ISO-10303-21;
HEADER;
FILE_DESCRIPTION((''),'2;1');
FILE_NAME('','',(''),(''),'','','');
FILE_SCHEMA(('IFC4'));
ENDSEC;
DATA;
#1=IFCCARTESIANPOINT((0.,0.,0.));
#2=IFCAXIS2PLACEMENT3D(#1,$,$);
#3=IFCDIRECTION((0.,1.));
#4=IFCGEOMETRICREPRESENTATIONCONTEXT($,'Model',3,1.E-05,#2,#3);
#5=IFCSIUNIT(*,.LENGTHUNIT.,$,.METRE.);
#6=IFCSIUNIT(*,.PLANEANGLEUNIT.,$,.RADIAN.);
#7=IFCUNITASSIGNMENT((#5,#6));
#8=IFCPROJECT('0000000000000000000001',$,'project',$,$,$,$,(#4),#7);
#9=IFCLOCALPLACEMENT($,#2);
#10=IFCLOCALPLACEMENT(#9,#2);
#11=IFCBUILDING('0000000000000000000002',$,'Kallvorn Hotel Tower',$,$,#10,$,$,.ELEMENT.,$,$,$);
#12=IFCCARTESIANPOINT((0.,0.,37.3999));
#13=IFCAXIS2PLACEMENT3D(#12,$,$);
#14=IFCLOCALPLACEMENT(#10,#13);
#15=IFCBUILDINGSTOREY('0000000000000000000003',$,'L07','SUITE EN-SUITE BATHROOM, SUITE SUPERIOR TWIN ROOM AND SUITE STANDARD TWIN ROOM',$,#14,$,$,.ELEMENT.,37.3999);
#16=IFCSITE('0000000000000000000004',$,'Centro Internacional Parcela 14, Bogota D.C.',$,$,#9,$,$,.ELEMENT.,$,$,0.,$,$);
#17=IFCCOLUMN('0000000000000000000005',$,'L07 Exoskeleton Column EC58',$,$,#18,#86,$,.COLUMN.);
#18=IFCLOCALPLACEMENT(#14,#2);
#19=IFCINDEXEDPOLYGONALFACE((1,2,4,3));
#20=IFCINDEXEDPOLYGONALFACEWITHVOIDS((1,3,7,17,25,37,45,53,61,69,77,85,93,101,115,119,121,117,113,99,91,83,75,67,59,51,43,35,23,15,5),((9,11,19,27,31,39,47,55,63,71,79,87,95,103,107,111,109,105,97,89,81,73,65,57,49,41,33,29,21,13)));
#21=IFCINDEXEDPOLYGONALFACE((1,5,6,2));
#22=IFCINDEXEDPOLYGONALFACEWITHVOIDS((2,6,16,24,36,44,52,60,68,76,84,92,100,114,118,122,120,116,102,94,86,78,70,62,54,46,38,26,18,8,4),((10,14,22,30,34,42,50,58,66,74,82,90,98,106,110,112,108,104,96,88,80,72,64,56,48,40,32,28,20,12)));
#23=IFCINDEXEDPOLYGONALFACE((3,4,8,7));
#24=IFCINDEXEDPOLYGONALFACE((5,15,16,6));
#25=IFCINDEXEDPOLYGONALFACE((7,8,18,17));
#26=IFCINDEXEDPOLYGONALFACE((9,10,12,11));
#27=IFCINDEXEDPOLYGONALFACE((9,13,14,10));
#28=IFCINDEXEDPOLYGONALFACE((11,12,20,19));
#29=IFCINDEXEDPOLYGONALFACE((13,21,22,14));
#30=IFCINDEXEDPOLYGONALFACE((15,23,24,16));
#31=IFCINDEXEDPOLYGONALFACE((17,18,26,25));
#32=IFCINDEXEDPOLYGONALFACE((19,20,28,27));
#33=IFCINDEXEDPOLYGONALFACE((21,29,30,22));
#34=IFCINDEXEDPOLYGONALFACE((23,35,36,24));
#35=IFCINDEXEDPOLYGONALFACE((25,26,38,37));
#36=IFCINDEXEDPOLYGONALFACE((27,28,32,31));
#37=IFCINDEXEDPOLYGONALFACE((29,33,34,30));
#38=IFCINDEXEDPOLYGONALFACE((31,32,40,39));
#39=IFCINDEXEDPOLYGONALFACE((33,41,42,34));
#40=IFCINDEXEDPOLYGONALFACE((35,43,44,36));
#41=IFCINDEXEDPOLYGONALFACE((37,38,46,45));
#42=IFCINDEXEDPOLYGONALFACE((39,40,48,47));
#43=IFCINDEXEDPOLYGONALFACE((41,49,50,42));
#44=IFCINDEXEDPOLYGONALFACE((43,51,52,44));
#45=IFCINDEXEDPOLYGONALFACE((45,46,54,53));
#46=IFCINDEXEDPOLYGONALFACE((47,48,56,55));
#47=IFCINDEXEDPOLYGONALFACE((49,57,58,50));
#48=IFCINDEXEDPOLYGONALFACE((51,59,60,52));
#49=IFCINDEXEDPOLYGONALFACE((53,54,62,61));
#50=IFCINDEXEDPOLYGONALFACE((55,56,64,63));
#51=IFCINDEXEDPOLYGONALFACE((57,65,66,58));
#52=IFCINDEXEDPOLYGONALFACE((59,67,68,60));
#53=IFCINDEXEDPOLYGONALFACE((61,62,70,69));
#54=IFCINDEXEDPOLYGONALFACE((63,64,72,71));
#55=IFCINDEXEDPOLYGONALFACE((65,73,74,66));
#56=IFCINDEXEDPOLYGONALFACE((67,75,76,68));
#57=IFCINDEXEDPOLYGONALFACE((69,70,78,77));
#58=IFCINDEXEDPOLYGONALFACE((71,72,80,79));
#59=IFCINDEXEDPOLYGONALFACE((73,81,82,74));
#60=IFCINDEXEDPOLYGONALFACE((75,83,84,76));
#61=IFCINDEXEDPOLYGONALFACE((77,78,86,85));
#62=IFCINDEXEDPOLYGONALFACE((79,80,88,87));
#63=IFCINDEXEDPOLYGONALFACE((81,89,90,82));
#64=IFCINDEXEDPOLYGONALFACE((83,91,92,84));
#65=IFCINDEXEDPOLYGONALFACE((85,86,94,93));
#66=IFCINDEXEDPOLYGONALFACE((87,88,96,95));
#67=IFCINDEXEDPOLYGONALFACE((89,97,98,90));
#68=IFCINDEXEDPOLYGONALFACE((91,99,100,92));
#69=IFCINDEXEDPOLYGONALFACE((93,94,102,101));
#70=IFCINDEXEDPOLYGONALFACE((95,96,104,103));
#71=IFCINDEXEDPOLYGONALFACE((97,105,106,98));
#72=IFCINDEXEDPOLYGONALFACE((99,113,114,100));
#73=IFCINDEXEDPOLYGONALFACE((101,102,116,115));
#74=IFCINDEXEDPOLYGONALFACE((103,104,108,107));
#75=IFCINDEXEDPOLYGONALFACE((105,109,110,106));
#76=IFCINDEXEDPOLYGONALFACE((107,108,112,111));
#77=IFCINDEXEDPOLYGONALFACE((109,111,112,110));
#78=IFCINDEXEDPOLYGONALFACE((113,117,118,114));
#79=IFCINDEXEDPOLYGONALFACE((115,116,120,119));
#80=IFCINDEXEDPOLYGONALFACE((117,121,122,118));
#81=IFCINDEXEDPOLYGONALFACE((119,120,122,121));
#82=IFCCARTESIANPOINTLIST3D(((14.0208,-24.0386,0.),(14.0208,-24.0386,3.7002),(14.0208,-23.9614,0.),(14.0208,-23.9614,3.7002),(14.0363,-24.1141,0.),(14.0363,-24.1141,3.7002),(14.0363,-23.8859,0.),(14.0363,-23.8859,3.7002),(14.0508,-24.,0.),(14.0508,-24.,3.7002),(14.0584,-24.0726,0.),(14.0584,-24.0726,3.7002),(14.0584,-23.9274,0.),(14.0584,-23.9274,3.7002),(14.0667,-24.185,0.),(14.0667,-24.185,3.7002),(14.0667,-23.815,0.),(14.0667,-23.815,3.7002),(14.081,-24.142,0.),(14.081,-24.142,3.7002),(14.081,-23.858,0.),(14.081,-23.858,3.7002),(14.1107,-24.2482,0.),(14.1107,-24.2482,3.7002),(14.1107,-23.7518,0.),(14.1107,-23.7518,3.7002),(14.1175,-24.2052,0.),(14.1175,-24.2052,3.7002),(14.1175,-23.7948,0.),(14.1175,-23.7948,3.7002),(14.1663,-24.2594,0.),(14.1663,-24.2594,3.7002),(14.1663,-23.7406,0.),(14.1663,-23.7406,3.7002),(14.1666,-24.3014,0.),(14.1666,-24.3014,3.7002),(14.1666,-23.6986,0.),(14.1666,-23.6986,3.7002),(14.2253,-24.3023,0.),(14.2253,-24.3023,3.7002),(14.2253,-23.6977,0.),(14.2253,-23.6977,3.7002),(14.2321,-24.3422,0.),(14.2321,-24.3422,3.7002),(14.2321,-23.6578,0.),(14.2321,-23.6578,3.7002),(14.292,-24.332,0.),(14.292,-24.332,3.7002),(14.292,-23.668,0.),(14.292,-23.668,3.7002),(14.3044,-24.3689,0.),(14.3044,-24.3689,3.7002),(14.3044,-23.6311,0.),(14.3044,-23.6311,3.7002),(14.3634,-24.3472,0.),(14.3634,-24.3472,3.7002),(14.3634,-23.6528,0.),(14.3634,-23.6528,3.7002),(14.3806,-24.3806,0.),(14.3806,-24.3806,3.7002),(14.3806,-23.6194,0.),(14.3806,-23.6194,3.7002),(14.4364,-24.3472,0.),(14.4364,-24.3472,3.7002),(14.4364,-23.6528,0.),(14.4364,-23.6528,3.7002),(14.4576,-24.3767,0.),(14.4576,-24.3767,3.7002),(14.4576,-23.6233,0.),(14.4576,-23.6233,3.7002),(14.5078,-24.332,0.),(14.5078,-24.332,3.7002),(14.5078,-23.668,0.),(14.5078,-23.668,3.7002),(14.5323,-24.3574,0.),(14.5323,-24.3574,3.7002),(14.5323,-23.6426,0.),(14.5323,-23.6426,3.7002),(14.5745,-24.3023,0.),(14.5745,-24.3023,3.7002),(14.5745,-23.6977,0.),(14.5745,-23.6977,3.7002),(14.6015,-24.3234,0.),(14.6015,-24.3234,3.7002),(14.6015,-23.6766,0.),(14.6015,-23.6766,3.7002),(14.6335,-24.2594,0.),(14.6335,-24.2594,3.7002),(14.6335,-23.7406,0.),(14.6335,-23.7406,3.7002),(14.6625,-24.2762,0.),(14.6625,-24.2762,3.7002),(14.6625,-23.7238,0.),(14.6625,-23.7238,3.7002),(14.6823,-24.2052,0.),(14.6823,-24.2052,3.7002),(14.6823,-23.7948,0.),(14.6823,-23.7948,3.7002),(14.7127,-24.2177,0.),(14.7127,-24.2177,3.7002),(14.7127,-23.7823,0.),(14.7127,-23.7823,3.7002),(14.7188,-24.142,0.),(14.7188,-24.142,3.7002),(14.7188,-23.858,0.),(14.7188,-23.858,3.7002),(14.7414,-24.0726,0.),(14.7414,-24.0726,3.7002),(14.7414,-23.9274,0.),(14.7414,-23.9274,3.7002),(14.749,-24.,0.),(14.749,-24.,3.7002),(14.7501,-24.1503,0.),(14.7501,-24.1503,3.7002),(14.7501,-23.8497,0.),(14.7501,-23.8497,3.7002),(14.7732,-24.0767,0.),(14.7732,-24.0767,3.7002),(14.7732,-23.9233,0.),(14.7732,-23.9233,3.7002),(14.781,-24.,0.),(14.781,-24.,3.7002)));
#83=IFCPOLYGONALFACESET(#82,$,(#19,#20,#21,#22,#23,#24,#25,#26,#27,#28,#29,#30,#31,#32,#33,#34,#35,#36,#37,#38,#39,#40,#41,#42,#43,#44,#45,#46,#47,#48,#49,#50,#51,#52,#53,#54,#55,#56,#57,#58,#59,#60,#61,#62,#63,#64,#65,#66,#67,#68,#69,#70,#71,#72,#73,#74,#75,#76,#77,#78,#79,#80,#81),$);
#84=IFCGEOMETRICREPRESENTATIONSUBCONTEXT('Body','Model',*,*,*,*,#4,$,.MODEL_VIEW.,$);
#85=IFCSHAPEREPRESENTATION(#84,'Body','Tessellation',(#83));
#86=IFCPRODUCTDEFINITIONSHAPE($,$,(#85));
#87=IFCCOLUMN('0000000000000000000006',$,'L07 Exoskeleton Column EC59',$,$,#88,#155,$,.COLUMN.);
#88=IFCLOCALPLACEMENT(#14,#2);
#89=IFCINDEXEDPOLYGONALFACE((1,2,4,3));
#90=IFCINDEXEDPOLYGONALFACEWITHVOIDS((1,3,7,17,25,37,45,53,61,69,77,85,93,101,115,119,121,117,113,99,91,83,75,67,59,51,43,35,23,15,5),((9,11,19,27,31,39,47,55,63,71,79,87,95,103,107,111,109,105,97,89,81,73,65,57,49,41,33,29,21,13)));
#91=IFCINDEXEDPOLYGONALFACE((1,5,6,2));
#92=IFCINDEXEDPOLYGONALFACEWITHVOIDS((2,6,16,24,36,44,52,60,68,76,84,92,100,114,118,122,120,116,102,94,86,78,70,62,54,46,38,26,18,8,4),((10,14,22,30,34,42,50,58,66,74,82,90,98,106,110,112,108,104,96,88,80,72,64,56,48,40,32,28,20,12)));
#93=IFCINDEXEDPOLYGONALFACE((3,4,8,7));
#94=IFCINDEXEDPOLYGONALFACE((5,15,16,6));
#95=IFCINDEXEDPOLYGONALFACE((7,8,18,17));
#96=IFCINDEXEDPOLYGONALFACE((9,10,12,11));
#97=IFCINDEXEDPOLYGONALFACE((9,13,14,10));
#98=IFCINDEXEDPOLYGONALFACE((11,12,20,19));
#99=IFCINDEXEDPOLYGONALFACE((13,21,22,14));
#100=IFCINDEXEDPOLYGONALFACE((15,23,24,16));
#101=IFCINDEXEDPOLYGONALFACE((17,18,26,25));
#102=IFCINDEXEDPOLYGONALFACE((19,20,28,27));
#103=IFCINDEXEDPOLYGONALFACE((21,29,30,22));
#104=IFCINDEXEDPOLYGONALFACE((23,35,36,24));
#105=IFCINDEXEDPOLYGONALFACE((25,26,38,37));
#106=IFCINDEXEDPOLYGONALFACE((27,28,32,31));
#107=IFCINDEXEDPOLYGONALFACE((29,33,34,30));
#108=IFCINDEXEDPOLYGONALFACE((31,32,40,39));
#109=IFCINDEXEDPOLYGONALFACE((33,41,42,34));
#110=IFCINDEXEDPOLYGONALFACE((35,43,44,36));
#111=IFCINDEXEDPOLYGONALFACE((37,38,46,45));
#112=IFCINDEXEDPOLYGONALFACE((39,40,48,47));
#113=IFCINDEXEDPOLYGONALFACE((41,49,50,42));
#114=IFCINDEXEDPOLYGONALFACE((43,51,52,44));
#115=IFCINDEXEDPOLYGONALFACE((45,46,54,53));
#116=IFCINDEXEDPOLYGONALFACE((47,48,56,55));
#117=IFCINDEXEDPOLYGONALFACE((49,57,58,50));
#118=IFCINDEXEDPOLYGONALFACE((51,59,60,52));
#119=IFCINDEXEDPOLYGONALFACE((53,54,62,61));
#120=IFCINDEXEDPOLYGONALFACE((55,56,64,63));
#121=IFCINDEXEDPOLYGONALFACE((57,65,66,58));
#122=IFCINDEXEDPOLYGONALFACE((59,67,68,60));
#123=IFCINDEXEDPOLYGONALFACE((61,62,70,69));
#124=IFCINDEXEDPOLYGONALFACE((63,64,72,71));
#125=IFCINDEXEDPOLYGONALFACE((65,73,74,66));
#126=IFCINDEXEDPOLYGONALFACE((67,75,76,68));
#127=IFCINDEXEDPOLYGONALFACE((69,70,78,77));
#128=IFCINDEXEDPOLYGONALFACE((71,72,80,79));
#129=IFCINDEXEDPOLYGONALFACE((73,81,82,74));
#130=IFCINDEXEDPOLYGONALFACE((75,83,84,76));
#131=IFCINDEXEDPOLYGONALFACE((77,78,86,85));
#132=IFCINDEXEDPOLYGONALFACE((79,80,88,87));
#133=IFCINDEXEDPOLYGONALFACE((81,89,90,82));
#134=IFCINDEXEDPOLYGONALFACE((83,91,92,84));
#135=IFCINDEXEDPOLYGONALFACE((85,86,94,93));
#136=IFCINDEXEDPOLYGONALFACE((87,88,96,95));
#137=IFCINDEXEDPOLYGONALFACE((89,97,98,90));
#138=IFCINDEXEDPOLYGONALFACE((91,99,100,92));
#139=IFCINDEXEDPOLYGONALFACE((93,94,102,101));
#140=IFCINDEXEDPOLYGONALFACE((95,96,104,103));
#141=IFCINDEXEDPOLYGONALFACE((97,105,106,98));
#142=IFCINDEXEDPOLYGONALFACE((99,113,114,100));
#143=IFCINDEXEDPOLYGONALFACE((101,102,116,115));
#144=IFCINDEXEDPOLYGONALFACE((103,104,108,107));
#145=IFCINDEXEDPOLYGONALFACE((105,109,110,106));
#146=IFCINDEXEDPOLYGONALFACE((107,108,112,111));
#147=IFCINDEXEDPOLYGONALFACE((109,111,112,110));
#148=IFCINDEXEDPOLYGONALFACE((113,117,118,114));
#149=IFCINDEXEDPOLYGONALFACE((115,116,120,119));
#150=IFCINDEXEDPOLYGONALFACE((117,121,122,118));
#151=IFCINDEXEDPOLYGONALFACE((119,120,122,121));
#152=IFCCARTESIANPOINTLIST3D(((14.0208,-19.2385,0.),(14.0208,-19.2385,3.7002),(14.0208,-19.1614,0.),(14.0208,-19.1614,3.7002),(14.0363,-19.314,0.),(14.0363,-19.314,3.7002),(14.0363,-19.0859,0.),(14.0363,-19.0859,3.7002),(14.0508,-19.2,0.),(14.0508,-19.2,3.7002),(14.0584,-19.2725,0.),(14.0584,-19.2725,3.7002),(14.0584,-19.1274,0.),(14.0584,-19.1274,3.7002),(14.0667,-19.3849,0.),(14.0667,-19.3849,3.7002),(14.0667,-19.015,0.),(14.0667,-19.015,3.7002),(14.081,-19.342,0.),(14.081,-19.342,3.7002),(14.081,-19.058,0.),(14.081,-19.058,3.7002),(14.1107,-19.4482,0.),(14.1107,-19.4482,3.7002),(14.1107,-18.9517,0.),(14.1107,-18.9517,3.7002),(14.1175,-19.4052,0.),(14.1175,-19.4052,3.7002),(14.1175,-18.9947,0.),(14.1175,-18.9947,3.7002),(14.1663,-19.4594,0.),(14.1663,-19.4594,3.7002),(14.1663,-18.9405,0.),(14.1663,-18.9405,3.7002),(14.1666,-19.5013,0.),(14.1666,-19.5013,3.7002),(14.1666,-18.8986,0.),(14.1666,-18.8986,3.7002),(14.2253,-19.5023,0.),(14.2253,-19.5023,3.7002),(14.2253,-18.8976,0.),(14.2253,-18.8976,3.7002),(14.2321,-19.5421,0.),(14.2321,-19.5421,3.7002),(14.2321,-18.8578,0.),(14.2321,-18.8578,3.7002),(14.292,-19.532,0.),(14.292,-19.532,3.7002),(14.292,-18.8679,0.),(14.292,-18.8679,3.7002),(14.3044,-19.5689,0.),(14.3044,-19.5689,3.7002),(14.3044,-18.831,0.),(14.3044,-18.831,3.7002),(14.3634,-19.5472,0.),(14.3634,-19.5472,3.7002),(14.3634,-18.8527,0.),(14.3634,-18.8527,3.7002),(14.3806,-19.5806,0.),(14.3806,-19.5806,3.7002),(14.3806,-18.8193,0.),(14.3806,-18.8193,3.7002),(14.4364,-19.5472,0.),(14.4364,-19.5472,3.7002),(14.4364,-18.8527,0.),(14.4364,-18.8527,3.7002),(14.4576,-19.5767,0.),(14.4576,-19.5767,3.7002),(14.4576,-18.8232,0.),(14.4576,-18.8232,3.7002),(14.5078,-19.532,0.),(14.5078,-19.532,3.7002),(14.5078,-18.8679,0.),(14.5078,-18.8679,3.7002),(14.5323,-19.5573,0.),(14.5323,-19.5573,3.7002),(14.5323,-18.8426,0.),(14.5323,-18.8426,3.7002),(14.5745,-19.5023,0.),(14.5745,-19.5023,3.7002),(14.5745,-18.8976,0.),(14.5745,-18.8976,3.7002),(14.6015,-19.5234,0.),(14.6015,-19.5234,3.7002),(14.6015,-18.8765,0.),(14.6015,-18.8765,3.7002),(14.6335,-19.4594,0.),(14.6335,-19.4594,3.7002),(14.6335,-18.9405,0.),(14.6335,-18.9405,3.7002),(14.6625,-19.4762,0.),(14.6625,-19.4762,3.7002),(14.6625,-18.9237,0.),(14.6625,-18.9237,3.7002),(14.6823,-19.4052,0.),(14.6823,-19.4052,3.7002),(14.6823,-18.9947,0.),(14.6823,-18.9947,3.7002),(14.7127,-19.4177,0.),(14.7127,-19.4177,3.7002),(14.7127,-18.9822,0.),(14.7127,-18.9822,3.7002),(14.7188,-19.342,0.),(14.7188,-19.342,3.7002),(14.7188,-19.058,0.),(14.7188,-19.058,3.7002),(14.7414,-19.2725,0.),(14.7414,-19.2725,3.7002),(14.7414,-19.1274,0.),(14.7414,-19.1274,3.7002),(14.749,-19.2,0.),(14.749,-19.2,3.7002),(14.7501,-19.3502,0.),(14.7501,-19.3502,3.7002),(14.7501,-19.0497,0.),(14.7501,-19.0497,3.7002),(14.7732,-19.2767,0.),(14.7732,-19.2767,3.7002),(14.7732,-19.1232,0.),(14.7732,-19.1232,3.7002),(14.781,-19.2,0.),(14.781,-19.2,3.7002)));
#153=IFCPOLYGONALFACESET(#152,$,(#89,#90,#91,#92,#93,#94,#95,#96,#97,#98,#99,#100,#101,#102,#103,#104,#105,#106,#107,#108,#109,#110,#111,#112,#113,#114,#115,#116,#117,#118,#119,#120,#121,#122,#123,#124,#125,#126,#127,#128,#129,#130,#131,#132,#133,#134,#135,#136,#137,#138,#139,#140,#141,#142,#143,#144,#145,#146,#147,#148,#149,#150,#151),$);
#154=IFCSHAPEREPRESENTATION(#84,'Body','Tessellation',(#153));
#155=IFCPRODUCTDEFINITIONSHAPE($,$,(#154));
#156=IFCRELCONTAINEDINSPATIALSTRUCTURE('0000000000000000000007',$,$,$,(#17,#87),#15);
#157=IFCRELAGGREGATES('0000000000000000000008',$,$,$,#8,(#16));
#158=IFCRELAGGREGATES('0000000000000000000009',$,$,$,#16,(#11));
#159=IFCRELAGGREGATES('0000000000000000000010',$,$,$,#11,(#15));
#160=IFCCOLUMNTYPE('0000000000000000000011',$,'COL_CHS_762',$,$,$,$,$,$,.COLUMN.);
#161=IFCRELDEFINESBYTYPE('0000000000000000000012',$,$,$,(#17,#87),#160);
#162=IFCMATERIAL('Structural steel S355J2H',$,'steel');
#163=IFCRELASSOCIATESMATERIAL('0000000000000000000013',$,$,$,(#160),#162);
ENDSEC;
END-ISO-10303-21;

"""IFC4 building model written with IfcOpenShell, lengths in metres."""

from ifc_helpers import new_model, si_unit, direction, frame, origin, origin_2d, place, context, subcontext, project, spatial, hollow_circle, extrude, material, material_profile, profile_set, type_object, element, save


model = new_model("IFC4")

# Units and contexts
model_context = context("Model", 3, precision=1e-05, world=origin(), true_north=direction((0.0, 1.0)))
body_context = subcontext(model_context, "Body", "Model", "MODEL_VIEW")
ifc_project = project(units=[si_unit("LENGTHUNIT", "METRE"), si_unit("PLANEANGLEUNIT", "RADIAN")], contexts=[model_context])

# Site, building, storey
site_placement = place(None, origin())
site = spatial("IfcSite", under=ifc_project, at=site_placement, Name="Centro Internacional Parcela 14, Bogota D.C.", CompositionType="ELEMENT", RefElevation=0.0)
building_placement = place(site_placement, origin())
building = spatial("IfcBuilding", under=site, at=building_placement, Name="Kallvorn Hotel Tower", CompositionType="ELEMENT")
storey_placement = place(building_placement, frame((0.0, 0.0, 37.3999)))
storey = spatial("IfcBuildingStorey", under=building, at=storey_placement, Name="L07", Description="SUITE EN-SUITE BATHROOM, SUITE SUPERIOR TWIN ROOM AND SUITE STANDARD TWIN ROOM", CompositionType="ELEMENT", Elevation=37.3999)

# Columns
ifc_material_1 = material(Name="Structural steel S355J2H", Category="steel")
ifc_material_profile_1 = material_profile(ifc_material_1, hollow_circle(Radius=0.3811, WallThickness=0.032, at=origin_2d()), Name="CHS 762x32")
ifc_profile_set_1 = profile_set([ifc_material_profile_1], Name="Structural steel S355J2H")
column_type_1 = type_object("IfcColumnType", Name="COL_CHS_762", PredefinedType="COLUMN", material=ifc_profile_set_1)
for number, where, z_axis, x_axis, name in (
    (1, (14.3999, -24.0, 0.0), (0.0, 0.0, 1.0), (1.0, 0.0, 0.0), "L07 Exoskeleton Column EC58"),
    (2, (14.3999, -19.2, 0.0), (0.0, 0.0, 1.0), (1.0, 0.0, 0.0), "L07 Exoskeleton Column EC59"),
):
    element("IfcColumn", number, at=place(storey_placement, frame(where, z_axis=z_axis, x_axis=x_axis)), inside=storey, type_object=column_type_1, Name=name, PredefinedType="COLUMN", context=body_context, shape_type="SweptSolid", body=[
        extrude(hollow_circle(Radius=0.3811, WallThickness=0.032, at=origin_2d()), origin(), (0.0, 0.0, 1.0), 3.7002),
    ])

save(model, "model.ifc")
